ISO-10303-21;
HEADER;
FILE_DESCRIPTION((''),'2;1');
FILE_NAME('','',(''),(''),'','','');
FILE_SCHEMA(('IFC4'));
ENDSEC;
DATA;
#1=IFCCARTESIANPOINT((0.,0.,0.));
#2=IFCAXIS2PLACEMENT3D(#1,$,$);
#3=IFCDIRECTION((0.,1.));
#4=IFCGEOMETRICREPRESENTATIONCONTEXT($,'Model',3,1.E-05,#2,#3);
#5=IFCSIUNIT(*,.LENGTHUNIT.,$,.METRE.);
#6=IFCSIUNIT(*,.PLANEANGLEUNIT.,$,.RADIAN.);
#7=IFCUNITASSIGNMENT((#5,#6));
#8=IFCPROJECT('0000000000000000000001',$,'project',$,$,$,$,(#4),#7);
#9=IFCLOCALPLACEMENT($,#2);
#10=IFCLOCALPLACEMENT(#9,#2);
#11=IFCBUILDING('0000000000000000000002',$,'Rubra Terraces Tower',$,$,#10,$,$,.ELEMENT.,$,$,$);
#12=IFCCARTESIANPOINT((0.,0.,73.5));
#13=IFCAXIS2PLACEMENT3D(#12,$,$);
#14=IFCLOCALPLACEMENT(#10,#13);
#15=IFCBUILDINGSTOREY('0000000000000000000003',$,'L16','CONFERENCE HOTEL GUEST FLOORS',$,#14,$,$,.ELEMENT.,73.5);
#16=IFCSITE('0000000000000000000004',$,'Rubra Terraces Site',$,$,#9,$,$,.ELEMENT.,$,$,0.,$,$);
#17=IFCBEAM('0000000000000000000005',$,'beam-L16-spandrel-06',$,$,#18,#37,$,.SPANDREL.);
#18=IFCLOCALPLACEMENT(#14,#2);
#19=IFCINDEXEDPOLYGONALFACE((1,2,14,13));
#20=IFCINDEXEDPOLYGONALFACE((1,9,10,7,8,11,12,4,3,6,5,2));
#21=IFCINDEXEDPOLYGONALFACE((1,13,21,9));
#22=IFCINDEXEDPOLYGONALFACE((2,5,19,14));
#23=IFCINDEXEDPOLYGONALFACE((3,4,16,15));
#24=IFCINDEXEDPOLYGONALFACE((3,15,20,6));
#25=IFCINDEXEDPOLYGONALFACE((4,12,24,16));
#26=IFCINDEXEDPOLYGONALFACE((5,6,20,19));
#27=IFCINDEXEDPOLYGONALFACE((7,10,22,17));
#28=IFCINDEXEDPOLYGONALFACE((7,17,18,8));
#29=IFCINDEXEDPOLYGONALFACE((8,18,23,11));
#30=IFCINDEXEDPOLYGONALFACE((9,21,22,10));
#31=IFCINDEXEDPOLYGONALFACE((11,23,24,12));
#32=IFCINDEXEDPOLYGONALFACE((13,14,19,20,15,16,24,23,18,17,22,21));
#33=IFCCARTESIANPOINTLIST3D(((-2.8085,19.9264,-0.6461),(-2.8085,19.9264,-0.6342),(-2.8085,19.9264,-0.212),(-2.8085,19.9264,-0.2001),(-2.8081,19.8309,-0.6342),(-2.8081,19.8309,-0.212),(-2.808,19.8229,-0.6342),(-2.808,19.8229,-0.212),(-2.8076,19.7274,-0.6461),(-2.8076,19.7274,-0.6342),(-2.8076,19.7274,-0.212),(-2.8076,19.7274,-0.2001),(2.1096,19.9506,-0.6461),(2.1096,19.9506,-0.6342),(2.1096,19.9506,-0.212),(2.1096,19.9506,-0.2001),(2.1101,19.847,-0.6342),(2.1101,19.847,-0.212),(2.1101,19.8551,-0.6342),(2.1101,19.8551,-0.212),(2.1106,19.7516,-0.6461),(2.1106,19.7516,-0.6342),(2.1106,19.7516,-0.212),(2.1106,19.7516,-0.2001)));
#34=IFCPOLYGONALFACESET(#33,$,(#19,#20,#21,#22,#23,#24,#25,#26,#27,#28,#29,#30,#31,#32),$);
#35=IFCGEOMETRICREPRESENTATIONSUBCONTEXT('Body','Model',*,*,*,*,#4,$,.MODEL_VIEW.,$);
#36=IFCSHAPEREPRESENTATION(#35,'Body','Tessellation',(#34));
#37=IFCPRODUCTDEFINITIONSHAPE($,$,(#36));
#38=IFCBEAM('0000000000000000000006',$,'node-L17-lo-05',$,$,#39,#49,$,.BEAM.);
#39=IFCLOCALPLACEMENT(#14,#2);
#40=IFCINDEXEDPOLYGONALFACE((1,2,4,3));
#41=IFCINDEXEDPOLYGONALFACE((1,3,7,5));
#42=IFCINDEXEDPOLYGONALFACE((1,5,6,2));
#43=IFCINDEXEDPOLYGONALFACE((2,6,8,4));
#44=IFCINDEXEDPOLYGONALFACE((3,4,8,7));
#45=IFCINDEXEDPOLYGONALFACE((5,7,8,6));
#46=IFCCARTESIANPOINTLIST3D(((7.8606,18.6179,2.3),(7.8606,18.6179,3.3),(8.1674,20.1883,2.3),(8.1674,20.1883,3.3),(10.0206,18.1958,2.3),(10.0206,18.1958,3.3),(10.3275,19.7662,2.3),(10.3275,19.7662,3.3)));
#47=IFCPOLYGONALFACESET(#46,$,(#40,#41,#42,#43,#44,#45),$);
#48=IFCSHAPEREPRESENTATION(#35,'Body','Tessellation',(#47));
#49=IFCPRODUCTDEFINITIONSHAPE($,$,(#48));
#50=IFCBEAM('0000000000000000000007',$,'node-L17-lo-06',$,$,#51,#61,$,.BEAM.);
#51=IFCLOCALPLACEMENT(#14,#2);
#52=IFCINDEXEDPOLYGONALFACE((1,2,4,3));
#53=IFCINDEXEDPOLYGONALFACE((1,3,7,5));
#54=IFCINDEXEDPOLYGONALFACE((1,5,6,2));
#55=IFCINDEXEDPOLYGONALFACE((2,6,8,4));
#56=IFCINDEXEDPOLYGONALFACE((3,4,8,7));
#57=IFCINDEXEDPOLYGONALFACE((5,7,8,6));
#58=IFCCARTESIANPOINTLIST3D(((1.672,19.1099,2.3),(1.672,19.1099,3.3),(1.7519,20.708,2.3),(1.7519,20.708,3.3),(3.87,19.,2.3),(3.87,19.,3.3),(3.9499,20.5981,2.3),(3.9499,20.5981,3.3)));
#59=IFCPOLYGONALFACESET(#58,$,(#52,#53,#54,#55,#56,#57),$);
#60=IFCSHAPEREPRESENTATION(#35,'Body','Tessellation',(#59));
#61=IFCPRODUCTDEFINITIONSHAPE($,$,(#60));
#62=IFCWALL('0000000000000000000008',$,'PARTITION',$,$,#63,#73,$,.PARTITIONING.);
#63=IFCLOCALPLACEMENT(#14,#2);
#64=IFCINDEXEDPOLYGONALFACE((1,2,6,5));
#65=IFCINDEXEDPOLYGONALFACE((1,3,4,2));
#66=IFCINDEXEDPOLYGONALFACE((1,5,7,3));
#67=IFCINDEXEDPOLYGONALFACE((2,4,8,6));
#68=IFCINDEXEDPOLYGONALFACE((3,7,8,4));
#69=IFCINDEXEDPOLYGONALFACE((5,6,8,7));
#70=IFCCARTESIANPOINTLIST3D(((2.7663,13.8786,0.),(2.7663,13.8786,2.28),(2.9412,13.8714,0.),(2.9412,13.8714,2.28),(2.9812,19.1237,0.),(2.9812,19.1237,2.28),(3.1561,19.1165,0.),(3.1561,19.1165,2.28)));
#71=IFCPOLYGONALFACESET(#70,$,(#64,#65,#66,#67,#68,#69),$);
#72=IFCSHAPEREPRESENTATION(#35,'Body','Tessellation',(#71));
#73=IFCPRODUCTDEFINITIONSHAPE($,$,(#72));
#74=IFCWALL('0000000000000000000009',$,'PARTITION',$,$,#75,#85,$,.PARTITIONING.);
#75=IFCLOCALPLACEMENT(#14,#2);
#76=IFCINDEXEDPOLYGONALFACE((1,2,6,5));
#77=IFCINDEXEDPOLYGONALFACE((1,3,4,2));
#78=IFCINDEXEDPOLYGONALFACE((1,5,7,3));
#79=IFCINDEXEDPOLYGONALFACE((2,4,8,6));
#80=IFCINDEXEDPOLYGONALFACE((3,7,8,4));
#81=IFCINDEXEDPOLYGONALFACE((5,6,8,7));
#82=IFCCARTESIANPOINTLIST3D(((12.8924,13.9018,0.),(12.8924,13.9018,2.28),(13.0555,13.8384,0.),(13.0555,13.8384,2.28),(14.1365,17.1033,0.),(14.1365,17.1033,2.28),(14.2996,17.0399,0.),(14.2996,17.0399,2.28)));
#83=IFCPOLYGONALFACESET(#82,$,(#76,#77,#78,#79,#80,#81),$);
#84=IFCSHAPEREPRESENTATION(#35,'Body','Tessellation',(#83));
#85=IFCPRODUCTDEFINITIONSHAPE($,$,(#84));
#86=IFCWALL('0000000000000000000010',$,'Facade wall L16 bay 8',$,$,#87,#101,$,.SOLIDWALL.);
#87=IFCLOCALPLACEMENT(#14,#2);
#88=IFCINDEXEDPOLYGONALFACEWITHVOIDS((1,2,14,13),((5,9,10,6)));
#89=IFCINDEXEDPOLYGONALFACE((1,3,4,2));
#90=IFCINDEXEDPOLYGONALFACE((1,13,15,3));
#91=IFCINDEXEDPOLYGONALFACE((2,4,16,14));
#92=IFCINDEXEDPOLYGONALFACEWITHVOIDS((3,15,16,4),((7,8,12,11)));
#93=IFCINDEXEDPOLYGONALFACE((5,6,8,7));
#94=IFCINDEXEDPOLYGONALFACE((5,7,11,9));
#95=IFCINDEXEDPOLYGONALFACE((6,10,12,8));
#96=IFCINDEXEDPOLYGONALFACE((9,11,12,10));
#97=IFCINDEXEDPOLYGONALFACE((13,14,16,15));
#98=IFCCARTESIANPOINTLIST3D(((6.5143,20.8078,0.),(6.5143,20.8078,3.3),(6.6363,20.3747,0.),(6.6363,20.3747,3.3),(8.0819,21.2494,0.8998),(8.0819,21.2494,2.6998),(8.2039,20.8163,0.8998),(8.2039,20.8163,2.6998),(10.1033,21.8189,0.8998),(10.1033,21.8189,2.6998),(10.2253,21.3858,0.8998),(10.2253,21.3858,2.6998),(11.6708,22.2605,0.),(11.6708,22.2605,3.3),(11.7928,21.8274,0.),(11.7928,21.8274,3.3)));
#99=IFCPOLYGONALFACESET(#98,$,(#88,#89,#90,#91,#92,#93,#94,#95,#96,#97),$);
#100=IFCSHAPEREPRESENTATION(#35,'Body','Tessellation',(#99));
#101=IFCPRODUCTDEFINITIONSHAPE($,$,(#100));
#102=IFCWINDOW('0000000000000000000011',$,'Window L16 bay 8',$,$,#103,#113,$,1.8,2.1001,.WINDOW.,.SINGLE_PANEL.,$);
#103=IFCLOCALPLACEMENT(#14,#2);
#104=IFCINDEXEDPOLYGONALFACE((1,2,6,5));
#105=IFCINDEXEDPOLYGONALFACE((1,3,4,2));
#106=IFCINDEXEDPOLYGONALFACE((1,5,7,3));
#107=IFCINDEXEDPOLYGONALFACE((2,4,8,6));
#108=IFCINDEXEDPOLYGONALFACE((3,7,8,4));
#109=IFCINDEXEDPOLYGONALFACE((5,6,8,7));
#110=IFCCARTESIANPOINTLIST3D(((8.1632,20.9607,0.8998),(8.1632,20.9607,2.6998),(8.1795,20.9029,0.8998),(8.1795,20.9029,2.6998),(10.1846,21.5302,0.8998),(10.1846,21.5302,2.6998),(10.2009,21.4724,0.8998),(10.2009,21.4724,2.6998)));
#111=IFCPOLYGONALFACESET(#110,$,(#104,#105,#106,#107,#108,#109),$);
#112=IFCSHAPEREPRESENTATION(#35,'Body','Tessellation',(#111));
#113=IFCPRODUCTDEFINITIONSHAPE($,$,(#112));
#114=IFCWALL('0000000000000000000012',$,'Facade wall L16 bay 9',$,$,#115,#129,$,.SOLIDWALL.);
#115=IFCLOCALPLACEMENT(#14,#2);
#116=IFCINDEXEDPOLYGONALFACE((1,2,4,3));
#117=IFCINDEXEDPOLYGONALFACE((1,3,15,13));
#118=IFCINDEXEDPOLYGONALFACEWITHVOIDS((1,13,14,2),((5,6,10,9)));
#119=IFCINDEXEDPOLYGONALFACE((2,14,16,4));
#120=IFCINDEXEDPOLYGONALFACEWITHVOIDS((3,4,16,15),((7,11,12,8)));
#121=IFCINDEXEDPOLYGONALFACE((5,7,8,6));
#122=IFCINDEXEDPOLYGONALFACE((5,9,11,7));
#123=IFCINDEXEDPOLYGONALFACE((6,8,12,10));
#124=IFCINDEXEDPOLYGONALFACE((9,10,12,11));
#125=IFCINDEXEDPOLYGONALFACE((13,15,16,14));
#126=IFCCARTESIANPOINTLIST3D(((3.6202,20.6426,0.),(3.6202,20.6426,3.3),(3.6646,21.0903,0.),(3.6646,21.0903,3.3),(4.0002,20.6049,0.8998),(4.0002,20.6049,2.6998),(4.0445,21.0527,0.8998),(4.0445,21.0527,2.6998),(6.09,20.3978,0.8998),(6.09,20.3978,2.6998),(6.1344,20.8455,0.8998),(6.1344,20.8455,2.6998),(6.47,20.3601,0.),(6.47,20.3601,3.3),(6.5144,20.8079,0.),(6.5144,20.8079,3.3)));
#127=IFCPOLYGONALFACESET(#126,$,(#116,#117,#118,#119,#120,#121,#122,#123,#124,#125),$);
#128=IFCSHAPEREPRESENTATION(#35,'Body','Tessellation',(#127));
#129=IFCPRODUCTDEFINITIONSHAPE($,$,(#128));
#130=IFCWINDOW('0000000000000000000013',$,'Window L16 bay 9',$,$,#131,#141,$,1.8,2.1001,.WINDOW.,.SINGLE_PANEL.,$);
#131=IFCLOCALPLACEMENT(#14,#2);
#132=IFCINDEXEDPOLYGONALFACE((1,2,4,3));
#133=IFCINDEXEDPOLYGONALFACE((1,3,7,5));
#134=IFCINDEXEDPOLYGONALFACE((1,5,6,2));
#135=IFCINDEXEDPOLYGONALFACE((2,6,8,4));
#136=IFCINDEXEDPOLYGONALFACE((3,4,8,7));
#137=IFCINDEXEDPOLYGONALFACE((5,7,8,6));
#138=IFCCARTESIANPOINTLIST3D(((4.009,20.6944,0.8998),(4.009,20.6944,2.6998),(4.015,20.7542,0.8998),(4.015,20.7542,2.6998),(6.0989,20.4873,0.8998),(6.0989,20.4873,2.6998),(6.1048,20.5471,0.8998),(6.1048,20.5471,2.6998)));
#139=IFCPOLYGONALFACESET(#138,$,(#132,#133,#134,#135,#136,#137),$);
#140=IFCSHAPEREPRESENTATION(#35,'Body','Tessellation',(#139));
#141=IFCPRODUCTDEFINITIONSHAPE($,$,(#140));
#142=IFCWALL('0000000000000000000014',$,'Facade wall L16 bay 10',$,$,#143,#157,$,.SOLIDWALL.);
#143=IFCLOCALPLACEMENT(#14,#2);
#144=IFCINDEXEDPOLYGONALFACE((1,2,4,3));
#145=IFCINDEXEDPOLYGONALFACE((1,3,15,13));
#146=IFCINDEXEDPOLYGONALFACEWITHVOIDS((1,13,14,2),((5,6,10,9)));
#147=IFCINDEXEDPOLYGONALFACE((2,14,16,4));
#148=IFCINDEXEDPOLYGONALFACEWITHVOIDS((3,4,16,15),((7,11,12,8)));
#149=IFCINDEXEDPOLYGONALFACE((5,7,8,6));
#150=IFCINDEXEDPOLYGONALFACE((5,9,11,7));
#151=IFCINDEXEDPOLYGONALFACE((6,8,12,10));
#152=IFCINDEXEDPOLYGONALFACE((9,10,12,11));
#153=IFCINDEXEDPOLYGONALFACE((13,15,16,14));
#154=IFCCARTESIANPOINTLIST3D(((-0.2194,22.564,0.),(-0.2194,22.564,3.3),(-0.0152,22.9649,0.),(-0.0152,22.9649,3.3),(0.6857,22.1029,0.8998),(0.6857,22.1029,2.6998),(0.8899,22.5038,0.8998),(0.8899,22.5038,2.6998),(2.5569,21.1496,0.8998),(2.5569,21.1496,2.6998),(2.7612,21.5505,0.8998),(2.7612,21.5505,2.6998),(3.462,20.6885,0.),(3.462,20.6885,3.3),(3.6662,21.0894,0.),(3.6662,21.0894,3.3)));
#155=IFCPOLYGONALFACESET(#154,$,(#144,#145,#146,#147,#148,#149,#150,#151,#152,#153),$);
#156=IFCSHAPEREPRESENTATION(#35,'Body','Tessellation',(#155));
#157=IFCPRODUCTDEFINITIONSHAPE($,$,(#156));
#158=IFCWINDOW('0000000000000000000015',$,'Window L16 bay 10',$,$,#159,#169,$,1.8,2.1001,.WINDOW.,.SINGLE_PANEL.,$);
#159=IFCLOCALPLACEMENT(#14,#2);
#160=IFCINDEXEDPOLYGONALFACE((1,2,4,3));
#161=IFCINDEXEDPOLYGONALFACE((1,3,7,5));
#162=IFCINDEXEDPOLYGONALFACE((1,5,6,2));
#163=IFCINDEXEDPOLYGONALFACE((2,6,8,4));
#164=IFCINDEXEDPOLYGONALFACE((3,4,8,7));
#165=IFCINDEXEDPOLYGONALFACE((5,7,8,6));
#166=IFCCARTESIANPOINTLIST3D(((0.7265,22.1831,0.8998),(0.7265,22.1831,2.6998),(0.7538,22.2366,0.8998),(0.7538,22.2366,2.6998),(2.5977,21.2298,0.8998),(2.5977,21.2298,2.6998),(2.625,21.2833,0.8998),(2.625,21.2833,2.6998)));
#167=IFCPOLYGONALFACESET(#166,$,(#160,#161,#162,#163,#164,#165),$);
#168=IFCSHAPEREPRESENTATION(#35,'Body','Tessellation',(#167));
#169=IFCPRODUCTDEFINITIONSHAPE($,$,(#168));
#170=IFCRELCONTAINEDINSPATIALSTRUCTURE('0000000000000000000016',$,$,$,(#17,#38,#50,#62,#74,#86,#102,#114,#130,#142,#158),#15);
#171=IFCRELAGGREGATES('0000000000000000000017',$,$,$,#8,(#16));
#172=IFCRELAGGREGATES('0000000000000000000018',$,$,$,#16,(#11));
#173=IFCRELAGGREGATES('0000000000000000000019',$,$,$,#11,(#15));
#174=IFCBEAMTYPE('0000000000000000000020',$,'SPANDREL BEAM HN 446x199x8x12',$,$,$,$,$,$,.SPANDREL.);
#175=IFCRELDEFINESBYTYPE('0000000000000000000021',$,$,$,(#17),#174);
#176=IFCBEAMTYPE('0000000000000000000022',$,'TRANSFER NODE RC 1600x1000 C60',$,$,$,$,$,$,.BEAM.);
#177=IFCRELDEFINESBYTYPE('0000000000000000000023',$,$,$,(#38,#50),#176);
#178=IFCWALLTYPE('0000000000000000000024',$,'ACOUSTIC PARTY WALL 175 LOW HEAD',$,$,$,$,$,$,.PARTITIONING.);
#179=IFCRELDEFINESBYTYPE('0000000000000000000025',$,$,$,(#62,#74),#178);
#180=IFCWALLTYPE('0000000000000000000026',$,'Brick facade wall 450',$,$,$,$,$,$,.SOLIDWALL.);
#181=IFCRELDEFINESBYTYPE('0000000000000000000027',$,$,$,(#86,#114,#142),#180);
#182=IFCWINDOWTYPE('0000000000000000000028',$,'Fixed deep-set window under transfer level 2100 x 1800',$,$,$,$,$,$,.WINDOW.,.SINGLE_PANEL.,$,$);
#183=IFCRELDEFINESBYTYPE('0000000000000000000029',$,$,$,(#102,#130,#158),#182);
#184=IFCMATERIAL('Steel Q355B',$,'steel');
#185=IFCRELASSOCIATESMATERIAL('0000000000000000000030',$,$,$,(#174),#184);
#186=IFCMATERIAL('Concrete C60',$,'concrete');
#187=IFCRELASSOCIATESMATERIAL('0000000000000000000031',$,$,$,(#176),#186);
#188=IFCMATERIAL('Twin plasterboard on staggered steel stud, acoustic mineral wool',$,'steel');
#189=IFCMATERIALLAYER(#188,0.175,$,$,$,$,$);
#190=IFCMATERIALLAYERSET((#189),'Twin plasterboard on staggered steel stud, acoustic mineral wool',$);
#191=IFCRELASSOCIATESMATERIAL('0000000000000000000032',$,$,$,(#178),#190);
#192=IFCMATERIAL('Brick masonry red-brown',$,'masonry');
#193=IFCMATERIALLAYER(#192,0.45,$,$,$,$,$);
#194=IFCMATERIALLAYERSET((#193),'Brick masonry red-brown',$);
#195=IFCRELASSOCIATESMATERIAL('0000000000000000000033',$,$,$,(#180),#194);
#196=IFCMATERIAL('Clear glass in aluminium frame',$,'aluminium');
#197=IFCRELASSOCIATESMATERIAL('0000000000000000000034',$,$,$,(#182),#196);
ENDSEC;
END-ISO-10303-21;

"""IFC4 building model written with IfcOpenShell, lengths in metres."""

from ifc_helpers import new_model, si_unit, direction, frame, frame_2d, origin, origin_2d, place, context, subcontext, project, spatial, rectangle, i_section, extrude, material, layer, layer_set, material_profile, profile_set, type_object, element, fill, save


model = new_model("IFC4")

# Units and contexts
model_context = context("Model", 3, precision=1e-05, world=origin(), true_north=direction((0.0, 1.0)))
body_context = subcontext(model_context, "Body", "Model", "MODEL_VIEW")
ifc_project = project(units=[si_unit("LENGTHUNIT", "METRE"), si_unit("PLANEANGLEUNIT", "RADIAN")], contexts=[model_context])

# Site, building, storey
site_placement = place(None, origin())
site = spatial("IfcSite", under=ifc_project, at=site_placement, Name="Rubra Terraces Site", CompositionType="ELEMENT", RefElevation=0.0)
building_placement = place(site_placement, origin())
building = spatial("IfcBuilding", under=site, at=building_placement, Name="Rubra Terraces Tower", CompositionType="ELEMENT")
storey_placement = place(building_placement, frame((0.0, 0.0, 73.5)))
storey = spatial("IfcBuildingStorey", under=building, at=storey_placement, Name="L16", Description="CONFERENCE HOTEL GUEST FLOORS", CompositionType="ELEMENT", Elevation=73.5)

# Shared definitions
ifc_material_1 = material(Name="Concrete C60", Category="concrete")

# Beams
ifc_material_2 = material(Name="Steel Q355B", Category="steel")
ifc_material_profile_1 = material_profile(ifc_material_2, i_section(OverallWidth=0.199, OverallDepth=0.446, WebThickness=0.0081, FlangeThickness=0.012, at=origin_2d()), Name="HN 446x199x8x12")
ifc_profile_set_1 = profile_set([ifc_material_profile_1], Name="Steel Q355B")
beam_type_1 = type_object("IfcBeamType", Name="SPANDREL BEAM HN 446x199x8x12", PredefinedType="SPANDREL", material=ifc_profile_set_1)
beam_1_placement = place(storey_placement, frame((2.1101, 19.8511, -0.4231), z_axis=(-0.999988, -0.004914, 0.0), x_axis=(0.004914, -0.999988, 0.0)))
element("IfcBeam", 1, at=beam_1_placement, inside=storey, type_object=beam_type_1, Name="beam-L16-spandrel-06", PredefinedType="SPANDREL", context=body_context, shape_type="SweptSolid", body=[
    extrude(i_section(OverallWidth=0.199, OverallDepth=0.446, WebThickness=0.0081, FlangeThickness=0.012, at=origin_2d()), origin(), (0.0, 0.0, 1.0), 4.9182),
])
ifc_material_profile_2 = material_profile(ifc_material_1, rectangle(XDim=1.6001, YDim=1.0, at=origin_2d()), Name="RC 1600x1000")
ifc_profile_set_2 = profile_set([ifc_material_profile_2], Name="Concrete C60")
beam_type_2 = type_object("IfcBeamType", Name="TRANSFER NODE RC 1600x1000 C60", PredefinedType="BEAM", material=ifc_profile_set_2)
beam_2_placement = place(storey_placement, frame((10.1741, 18.981, 2.8), z_axis=(-0.981437, 0.191784, 0.0), x_axis=(-0.191784, -0.981437, 0.0)))
element("IfcBeam", 2, at=beam_2_placement, inside=storey, type_object=beam_type_2, Name="node-L17-lo-05", PredefinedType="BEAM", context=body_context, shape_type="SweptSolid", body=[
    extrude(rectangle(XDim=1.6001, YDim=1.0, at=origin_2d()), origin(), (0.0, 0.0, 1.0), 2.2009),
])
beam_3_placement = place(storey_placement, frame((3.9099, 19.7991, 2.8), z_axis=(-0.998753, 0.049921, 0.0), x_axis=(-0.049921, -0.998753, 0.0)))
element("IfcBeam", 3, at=beam_3_placement, inside=storey, type_object=beam_type_2, Name="node-L17-lo-06", PredefinedType="BEAM", context=body_context, shape_type="SweptSolid", body=[
    extrude(rectangle(XDim=1.6001, YDim=1.0, at=origin_2d()), origin(), (0.0, 0.0, 1.0), 2.2007),
])

# Walls
ifc_material_3 = material(Name="Twin plasterboard on staggered steel stud, acoustic mineral wool", Category="steel")
ifc_layer_1 = layer(ifc_material_3, 0.175)
ifc_layer_set_1 = layer_set([ifc_layer_1], Name="Twin plasterboard on staggered steel stud, acoustic mineral wool")
wall_type_1 = type_object("IfcWallType", Name="ACOUSTIC PARTY WALL 175 LOW HEAD", PredefinedType="PARTITIONING", material=ifc_layer_set_1)
wall_1_placement = place(storey_placement, frame((3.0686, 19.1201, 0.0), z_axis=(0.0, 0.0, 1.0), x_axis=(-0.040926, -0.999162, 0.0)))
element("IfcWall", 4, at=wall_1_placement, inside=storey, type_object=wall_type_1, Name="PARTITION", PredefinedType="PARTITIONING", context=body_context, shape_type="SweptSolid", body=[
    extrude(rectangle(XDim=5.2495, YDim=0.175, at=frame_2d((2.6248, 0.0))), origin(), (0.0, 0.0, 1.0), 2.28),
])
wall_2_placement = place(storey_placement, frame((14.218, 17.0715, 0.0), z_axis=(0.0, 0.0, 1.0), x_axis=(-0.362206, -0.932098, 0.0)))
element("IfcWall", 5, at=wall_2_placement, inside=storey, type_object=wall_type_1, Name="PARTITION", PredefinedType="PARTITIONING", context=body_context, shape_type="SweptSolid", body=[
    extrude(rectangle(XDim=3.4348, YDim=0.175, at=frame_2d((1.7173, 0.0))), origin(), (0.0, 0.0, 1.0), 2.28),
])

# Walls, openings, windows
ifc_material_4 = material(Name="Brick masonry red-brown", Category="masonry")
ifc_layer_2 = layer(ifc_material_4, 0.45)
ifc_layer_set_2 = layer_set([ifc_layer_2], Name="Brick masonry red-brown")
wall_type_2 = type_object("IfcWallType", Name="Brick facade wall 450", PredefinedType="SOLIDWALL", material=ifc_layer_set_2)
wall_3_placement = place(storey_placement, frame((11.7319, 22.0439, 0.0), z_axis=(0.0, 0.0, 1.0), x_axis=(-0.962535, -0.271156, 0.0)))
wall_3 = element("IfcWall", 6, at=wall_3_placement, inside=storey, type_object=wall_type_2, Name="Facade wall L16 bay 8", PredefinedType="SOLIDWALL", context=body_context, shape_type="SweptSolid", body=[
    extrude(rectangle(XDim=5.3572, YDim=0.45, at=frame_2d((2.6787, 0.0))), origin(), (0.0, 0.0, 1.0), 3.3),
])
opening_1_placement = place(wall_3_placement, frame((1.6287, 0.0, 0.8999)))
opening_1 = element("IfcOpeningElement", 7, at=opening_1_placement, cuts=wall_3, PredefinedType="OPENING", context=body_context, shape_type="SweptSolid", body=[
    extrude(rectangle(XDim=2.1001, YDim=1.8, at=frame_2d((1.05, 0.8999))), frame((0.0, 0.2349, 0.0), z_axis=(0.0, -1.0, 0.0), x_axis=(1.0, 0.0, 0.0)), (0.0, 0.0, 1.0), 0.47),
])
ifc_material_5 = material(Name="Clear glass in aluminium frame", Category="aluminium")
window_type = type_object("IfcWindowType", Name="Fixed deep-set window under transfer level 2100 x 1800", PartitioningType="SINGLE_PANEL", PredefinedType="WINDOW", material=ifc_material_5)
window_1_placement = place(opening_1_placement, origin())
window_1 = element("IfcWindow", 8, at=window_1_placement, inside=storey, type_object=window_type, Name="Window L16 bay 8", OverallHeight=1.8, OverallWidth=2.1001, PartitioningType="SINGLE_PANEL", PredefinedType="WINDOW", context=body_context, shape_type="SweptSolid", body=[
    extrude(rectangle(XDim=2.1001, YDim=1.8, at=frame_2d((1.05, 0.8999))), frame((0.0, 0.135, 0.0), z_axis=(0.0, -1.0, 0.0), x_axis=(1.0, 0.0, 0.0)), (0.0, 0.0, 1.0), 0.0601),
])
fill(opening_1, window_1)
wall_4_placement = place(storey_placement, frame((6.4922, 20.584, 0.0), z_axis=(0.0, 0.0, 1.0), x_axis=(-0.995124, 0.098634, 0.0)))
wall_4 = element("IfcWall", 9, at=wall_4_placement, inside=storey, type_object=wall_type_2, Name="Facade wall L16 bay 9", PredefinedType="SOLIDWALL", context=body_context, shape_type="SweptSolid", body=[
    extrude(rectangle(XDim=2.8638, YDim=0.45, at=frame_2d((1.4319, 0.0))), origin(), (0.0, 0.0, 1.0), 3.3),
])
opening_2_placement = place(wall_4_placement, frame((0.3818, 0.0, 0.8999)))
opening_2 = element("IfcOpeningElement", 10, at=opening_2_placement, cuts=wall_4, PredefinedType="OPENING", context=body_context, shape_type="SweptSolid", body=[
    extrude(rectangle(XDim=2.1001, YDim=1.8, at=frame_2d((1.05, 0.8999))), frame((0.0, 0.2349, 0.0), z_axis=(0.0, -1.0, 0.0), x_axis=(1.0, 0.0, 0.0)), (0.0, 0.0, 1.0), 0.47),
])
window_2_placement = place(opening_2_placement, origin())
window_2 = element("IfcWindow", 11, at=window_2_placement, inside=storey, type_object=window_type, Name="Window L16 bay 9", OverallHeight=1.8, OverallWidth=2.1001, PartitioningType="SINGLE_PANEL", PredefinedType="WINDOW", context=body_context, shape_type="SweptSolid", body=[
    extrude(rectangle(XDim=2.1001, YDim=1.8, at=frame_2d((1.05, 0.8999))), frame((0.0, 0.135, 0.0), z_axis=(0.0, -1.0, 0.0), x_axis=(1.0, 0.0, 0.0)), (0.0, 0.0, 1.0), 0.0601),
])
fill(opening_2, window_2)
wall_5_placement = place(storey_placement, frame((3.5642, 20.8889, 0.0), z_axis=(0.0, 0.0, 1.0), x_axis=(-0.891034, 0.453937, 0.0)))
wall_5 = element("IfcWall", 12, at=wall_5_placement, inside=storey, type_object=wall_type_2, Name="Facade wall L16 bay 10", PredefinedType="SOLIDWALL", context=body_context, shape_type="SweptSolid", body=[
    extrude(rectangle(XDim=4.1316, YDim=0.45, at=frame_2d((2.0659, 0.0))), origin(), (0.0, 0.0, 1.0), 3.3),
])
opening_3_placement = place(wall_5_placement, frame((1.0159, 0.0, 0.8999)))
opening_3 = element("IfcOpeningElement", 13, at=opening_3_placement, cuts=wall_5, PredefinedType="OPENING", context=body_context, shape_type="SweptSolid", body=[
    extrude(rectangle(XDim=2.1001, YDim=1.8, at=frame_2d((1.05, 0.8999))), frame((0.0, 0.2349, 0.0), z_axis=(0.0, -1.0, 0.0), x_axis=(1.0, 0.0, 0.0)), (0.0, 0.0, 1.0), 0.47),
])
window_3_placement = place(opening_3_placement, origin())
window_3 = element("IfcWindow", 14, at=window_3_placement, inside=storey, type_object=window_type, Name="Window L16 bay 10", OverallHeight=1.8, OverallWidth=2.1001, PartitioningType="SINGLE_PANEL", PredefinedType="WINDOW", context=body_context, shape_type="SweptSolid", body=[
    extrude(rectangle(XDim=2.1001, YDim=1.8, at=frame_2d((1.05, 0.8999))), frame((0.0, 0.135, 0.0), z_axis=(0.0, -1.0, 0.0), x_axis=(1.0, 0.0, 0.0)), (0.0, 0.0, 1.0), 0.0601),
])
fill(opening_3, window_3)

save(model, "model.ifc")
